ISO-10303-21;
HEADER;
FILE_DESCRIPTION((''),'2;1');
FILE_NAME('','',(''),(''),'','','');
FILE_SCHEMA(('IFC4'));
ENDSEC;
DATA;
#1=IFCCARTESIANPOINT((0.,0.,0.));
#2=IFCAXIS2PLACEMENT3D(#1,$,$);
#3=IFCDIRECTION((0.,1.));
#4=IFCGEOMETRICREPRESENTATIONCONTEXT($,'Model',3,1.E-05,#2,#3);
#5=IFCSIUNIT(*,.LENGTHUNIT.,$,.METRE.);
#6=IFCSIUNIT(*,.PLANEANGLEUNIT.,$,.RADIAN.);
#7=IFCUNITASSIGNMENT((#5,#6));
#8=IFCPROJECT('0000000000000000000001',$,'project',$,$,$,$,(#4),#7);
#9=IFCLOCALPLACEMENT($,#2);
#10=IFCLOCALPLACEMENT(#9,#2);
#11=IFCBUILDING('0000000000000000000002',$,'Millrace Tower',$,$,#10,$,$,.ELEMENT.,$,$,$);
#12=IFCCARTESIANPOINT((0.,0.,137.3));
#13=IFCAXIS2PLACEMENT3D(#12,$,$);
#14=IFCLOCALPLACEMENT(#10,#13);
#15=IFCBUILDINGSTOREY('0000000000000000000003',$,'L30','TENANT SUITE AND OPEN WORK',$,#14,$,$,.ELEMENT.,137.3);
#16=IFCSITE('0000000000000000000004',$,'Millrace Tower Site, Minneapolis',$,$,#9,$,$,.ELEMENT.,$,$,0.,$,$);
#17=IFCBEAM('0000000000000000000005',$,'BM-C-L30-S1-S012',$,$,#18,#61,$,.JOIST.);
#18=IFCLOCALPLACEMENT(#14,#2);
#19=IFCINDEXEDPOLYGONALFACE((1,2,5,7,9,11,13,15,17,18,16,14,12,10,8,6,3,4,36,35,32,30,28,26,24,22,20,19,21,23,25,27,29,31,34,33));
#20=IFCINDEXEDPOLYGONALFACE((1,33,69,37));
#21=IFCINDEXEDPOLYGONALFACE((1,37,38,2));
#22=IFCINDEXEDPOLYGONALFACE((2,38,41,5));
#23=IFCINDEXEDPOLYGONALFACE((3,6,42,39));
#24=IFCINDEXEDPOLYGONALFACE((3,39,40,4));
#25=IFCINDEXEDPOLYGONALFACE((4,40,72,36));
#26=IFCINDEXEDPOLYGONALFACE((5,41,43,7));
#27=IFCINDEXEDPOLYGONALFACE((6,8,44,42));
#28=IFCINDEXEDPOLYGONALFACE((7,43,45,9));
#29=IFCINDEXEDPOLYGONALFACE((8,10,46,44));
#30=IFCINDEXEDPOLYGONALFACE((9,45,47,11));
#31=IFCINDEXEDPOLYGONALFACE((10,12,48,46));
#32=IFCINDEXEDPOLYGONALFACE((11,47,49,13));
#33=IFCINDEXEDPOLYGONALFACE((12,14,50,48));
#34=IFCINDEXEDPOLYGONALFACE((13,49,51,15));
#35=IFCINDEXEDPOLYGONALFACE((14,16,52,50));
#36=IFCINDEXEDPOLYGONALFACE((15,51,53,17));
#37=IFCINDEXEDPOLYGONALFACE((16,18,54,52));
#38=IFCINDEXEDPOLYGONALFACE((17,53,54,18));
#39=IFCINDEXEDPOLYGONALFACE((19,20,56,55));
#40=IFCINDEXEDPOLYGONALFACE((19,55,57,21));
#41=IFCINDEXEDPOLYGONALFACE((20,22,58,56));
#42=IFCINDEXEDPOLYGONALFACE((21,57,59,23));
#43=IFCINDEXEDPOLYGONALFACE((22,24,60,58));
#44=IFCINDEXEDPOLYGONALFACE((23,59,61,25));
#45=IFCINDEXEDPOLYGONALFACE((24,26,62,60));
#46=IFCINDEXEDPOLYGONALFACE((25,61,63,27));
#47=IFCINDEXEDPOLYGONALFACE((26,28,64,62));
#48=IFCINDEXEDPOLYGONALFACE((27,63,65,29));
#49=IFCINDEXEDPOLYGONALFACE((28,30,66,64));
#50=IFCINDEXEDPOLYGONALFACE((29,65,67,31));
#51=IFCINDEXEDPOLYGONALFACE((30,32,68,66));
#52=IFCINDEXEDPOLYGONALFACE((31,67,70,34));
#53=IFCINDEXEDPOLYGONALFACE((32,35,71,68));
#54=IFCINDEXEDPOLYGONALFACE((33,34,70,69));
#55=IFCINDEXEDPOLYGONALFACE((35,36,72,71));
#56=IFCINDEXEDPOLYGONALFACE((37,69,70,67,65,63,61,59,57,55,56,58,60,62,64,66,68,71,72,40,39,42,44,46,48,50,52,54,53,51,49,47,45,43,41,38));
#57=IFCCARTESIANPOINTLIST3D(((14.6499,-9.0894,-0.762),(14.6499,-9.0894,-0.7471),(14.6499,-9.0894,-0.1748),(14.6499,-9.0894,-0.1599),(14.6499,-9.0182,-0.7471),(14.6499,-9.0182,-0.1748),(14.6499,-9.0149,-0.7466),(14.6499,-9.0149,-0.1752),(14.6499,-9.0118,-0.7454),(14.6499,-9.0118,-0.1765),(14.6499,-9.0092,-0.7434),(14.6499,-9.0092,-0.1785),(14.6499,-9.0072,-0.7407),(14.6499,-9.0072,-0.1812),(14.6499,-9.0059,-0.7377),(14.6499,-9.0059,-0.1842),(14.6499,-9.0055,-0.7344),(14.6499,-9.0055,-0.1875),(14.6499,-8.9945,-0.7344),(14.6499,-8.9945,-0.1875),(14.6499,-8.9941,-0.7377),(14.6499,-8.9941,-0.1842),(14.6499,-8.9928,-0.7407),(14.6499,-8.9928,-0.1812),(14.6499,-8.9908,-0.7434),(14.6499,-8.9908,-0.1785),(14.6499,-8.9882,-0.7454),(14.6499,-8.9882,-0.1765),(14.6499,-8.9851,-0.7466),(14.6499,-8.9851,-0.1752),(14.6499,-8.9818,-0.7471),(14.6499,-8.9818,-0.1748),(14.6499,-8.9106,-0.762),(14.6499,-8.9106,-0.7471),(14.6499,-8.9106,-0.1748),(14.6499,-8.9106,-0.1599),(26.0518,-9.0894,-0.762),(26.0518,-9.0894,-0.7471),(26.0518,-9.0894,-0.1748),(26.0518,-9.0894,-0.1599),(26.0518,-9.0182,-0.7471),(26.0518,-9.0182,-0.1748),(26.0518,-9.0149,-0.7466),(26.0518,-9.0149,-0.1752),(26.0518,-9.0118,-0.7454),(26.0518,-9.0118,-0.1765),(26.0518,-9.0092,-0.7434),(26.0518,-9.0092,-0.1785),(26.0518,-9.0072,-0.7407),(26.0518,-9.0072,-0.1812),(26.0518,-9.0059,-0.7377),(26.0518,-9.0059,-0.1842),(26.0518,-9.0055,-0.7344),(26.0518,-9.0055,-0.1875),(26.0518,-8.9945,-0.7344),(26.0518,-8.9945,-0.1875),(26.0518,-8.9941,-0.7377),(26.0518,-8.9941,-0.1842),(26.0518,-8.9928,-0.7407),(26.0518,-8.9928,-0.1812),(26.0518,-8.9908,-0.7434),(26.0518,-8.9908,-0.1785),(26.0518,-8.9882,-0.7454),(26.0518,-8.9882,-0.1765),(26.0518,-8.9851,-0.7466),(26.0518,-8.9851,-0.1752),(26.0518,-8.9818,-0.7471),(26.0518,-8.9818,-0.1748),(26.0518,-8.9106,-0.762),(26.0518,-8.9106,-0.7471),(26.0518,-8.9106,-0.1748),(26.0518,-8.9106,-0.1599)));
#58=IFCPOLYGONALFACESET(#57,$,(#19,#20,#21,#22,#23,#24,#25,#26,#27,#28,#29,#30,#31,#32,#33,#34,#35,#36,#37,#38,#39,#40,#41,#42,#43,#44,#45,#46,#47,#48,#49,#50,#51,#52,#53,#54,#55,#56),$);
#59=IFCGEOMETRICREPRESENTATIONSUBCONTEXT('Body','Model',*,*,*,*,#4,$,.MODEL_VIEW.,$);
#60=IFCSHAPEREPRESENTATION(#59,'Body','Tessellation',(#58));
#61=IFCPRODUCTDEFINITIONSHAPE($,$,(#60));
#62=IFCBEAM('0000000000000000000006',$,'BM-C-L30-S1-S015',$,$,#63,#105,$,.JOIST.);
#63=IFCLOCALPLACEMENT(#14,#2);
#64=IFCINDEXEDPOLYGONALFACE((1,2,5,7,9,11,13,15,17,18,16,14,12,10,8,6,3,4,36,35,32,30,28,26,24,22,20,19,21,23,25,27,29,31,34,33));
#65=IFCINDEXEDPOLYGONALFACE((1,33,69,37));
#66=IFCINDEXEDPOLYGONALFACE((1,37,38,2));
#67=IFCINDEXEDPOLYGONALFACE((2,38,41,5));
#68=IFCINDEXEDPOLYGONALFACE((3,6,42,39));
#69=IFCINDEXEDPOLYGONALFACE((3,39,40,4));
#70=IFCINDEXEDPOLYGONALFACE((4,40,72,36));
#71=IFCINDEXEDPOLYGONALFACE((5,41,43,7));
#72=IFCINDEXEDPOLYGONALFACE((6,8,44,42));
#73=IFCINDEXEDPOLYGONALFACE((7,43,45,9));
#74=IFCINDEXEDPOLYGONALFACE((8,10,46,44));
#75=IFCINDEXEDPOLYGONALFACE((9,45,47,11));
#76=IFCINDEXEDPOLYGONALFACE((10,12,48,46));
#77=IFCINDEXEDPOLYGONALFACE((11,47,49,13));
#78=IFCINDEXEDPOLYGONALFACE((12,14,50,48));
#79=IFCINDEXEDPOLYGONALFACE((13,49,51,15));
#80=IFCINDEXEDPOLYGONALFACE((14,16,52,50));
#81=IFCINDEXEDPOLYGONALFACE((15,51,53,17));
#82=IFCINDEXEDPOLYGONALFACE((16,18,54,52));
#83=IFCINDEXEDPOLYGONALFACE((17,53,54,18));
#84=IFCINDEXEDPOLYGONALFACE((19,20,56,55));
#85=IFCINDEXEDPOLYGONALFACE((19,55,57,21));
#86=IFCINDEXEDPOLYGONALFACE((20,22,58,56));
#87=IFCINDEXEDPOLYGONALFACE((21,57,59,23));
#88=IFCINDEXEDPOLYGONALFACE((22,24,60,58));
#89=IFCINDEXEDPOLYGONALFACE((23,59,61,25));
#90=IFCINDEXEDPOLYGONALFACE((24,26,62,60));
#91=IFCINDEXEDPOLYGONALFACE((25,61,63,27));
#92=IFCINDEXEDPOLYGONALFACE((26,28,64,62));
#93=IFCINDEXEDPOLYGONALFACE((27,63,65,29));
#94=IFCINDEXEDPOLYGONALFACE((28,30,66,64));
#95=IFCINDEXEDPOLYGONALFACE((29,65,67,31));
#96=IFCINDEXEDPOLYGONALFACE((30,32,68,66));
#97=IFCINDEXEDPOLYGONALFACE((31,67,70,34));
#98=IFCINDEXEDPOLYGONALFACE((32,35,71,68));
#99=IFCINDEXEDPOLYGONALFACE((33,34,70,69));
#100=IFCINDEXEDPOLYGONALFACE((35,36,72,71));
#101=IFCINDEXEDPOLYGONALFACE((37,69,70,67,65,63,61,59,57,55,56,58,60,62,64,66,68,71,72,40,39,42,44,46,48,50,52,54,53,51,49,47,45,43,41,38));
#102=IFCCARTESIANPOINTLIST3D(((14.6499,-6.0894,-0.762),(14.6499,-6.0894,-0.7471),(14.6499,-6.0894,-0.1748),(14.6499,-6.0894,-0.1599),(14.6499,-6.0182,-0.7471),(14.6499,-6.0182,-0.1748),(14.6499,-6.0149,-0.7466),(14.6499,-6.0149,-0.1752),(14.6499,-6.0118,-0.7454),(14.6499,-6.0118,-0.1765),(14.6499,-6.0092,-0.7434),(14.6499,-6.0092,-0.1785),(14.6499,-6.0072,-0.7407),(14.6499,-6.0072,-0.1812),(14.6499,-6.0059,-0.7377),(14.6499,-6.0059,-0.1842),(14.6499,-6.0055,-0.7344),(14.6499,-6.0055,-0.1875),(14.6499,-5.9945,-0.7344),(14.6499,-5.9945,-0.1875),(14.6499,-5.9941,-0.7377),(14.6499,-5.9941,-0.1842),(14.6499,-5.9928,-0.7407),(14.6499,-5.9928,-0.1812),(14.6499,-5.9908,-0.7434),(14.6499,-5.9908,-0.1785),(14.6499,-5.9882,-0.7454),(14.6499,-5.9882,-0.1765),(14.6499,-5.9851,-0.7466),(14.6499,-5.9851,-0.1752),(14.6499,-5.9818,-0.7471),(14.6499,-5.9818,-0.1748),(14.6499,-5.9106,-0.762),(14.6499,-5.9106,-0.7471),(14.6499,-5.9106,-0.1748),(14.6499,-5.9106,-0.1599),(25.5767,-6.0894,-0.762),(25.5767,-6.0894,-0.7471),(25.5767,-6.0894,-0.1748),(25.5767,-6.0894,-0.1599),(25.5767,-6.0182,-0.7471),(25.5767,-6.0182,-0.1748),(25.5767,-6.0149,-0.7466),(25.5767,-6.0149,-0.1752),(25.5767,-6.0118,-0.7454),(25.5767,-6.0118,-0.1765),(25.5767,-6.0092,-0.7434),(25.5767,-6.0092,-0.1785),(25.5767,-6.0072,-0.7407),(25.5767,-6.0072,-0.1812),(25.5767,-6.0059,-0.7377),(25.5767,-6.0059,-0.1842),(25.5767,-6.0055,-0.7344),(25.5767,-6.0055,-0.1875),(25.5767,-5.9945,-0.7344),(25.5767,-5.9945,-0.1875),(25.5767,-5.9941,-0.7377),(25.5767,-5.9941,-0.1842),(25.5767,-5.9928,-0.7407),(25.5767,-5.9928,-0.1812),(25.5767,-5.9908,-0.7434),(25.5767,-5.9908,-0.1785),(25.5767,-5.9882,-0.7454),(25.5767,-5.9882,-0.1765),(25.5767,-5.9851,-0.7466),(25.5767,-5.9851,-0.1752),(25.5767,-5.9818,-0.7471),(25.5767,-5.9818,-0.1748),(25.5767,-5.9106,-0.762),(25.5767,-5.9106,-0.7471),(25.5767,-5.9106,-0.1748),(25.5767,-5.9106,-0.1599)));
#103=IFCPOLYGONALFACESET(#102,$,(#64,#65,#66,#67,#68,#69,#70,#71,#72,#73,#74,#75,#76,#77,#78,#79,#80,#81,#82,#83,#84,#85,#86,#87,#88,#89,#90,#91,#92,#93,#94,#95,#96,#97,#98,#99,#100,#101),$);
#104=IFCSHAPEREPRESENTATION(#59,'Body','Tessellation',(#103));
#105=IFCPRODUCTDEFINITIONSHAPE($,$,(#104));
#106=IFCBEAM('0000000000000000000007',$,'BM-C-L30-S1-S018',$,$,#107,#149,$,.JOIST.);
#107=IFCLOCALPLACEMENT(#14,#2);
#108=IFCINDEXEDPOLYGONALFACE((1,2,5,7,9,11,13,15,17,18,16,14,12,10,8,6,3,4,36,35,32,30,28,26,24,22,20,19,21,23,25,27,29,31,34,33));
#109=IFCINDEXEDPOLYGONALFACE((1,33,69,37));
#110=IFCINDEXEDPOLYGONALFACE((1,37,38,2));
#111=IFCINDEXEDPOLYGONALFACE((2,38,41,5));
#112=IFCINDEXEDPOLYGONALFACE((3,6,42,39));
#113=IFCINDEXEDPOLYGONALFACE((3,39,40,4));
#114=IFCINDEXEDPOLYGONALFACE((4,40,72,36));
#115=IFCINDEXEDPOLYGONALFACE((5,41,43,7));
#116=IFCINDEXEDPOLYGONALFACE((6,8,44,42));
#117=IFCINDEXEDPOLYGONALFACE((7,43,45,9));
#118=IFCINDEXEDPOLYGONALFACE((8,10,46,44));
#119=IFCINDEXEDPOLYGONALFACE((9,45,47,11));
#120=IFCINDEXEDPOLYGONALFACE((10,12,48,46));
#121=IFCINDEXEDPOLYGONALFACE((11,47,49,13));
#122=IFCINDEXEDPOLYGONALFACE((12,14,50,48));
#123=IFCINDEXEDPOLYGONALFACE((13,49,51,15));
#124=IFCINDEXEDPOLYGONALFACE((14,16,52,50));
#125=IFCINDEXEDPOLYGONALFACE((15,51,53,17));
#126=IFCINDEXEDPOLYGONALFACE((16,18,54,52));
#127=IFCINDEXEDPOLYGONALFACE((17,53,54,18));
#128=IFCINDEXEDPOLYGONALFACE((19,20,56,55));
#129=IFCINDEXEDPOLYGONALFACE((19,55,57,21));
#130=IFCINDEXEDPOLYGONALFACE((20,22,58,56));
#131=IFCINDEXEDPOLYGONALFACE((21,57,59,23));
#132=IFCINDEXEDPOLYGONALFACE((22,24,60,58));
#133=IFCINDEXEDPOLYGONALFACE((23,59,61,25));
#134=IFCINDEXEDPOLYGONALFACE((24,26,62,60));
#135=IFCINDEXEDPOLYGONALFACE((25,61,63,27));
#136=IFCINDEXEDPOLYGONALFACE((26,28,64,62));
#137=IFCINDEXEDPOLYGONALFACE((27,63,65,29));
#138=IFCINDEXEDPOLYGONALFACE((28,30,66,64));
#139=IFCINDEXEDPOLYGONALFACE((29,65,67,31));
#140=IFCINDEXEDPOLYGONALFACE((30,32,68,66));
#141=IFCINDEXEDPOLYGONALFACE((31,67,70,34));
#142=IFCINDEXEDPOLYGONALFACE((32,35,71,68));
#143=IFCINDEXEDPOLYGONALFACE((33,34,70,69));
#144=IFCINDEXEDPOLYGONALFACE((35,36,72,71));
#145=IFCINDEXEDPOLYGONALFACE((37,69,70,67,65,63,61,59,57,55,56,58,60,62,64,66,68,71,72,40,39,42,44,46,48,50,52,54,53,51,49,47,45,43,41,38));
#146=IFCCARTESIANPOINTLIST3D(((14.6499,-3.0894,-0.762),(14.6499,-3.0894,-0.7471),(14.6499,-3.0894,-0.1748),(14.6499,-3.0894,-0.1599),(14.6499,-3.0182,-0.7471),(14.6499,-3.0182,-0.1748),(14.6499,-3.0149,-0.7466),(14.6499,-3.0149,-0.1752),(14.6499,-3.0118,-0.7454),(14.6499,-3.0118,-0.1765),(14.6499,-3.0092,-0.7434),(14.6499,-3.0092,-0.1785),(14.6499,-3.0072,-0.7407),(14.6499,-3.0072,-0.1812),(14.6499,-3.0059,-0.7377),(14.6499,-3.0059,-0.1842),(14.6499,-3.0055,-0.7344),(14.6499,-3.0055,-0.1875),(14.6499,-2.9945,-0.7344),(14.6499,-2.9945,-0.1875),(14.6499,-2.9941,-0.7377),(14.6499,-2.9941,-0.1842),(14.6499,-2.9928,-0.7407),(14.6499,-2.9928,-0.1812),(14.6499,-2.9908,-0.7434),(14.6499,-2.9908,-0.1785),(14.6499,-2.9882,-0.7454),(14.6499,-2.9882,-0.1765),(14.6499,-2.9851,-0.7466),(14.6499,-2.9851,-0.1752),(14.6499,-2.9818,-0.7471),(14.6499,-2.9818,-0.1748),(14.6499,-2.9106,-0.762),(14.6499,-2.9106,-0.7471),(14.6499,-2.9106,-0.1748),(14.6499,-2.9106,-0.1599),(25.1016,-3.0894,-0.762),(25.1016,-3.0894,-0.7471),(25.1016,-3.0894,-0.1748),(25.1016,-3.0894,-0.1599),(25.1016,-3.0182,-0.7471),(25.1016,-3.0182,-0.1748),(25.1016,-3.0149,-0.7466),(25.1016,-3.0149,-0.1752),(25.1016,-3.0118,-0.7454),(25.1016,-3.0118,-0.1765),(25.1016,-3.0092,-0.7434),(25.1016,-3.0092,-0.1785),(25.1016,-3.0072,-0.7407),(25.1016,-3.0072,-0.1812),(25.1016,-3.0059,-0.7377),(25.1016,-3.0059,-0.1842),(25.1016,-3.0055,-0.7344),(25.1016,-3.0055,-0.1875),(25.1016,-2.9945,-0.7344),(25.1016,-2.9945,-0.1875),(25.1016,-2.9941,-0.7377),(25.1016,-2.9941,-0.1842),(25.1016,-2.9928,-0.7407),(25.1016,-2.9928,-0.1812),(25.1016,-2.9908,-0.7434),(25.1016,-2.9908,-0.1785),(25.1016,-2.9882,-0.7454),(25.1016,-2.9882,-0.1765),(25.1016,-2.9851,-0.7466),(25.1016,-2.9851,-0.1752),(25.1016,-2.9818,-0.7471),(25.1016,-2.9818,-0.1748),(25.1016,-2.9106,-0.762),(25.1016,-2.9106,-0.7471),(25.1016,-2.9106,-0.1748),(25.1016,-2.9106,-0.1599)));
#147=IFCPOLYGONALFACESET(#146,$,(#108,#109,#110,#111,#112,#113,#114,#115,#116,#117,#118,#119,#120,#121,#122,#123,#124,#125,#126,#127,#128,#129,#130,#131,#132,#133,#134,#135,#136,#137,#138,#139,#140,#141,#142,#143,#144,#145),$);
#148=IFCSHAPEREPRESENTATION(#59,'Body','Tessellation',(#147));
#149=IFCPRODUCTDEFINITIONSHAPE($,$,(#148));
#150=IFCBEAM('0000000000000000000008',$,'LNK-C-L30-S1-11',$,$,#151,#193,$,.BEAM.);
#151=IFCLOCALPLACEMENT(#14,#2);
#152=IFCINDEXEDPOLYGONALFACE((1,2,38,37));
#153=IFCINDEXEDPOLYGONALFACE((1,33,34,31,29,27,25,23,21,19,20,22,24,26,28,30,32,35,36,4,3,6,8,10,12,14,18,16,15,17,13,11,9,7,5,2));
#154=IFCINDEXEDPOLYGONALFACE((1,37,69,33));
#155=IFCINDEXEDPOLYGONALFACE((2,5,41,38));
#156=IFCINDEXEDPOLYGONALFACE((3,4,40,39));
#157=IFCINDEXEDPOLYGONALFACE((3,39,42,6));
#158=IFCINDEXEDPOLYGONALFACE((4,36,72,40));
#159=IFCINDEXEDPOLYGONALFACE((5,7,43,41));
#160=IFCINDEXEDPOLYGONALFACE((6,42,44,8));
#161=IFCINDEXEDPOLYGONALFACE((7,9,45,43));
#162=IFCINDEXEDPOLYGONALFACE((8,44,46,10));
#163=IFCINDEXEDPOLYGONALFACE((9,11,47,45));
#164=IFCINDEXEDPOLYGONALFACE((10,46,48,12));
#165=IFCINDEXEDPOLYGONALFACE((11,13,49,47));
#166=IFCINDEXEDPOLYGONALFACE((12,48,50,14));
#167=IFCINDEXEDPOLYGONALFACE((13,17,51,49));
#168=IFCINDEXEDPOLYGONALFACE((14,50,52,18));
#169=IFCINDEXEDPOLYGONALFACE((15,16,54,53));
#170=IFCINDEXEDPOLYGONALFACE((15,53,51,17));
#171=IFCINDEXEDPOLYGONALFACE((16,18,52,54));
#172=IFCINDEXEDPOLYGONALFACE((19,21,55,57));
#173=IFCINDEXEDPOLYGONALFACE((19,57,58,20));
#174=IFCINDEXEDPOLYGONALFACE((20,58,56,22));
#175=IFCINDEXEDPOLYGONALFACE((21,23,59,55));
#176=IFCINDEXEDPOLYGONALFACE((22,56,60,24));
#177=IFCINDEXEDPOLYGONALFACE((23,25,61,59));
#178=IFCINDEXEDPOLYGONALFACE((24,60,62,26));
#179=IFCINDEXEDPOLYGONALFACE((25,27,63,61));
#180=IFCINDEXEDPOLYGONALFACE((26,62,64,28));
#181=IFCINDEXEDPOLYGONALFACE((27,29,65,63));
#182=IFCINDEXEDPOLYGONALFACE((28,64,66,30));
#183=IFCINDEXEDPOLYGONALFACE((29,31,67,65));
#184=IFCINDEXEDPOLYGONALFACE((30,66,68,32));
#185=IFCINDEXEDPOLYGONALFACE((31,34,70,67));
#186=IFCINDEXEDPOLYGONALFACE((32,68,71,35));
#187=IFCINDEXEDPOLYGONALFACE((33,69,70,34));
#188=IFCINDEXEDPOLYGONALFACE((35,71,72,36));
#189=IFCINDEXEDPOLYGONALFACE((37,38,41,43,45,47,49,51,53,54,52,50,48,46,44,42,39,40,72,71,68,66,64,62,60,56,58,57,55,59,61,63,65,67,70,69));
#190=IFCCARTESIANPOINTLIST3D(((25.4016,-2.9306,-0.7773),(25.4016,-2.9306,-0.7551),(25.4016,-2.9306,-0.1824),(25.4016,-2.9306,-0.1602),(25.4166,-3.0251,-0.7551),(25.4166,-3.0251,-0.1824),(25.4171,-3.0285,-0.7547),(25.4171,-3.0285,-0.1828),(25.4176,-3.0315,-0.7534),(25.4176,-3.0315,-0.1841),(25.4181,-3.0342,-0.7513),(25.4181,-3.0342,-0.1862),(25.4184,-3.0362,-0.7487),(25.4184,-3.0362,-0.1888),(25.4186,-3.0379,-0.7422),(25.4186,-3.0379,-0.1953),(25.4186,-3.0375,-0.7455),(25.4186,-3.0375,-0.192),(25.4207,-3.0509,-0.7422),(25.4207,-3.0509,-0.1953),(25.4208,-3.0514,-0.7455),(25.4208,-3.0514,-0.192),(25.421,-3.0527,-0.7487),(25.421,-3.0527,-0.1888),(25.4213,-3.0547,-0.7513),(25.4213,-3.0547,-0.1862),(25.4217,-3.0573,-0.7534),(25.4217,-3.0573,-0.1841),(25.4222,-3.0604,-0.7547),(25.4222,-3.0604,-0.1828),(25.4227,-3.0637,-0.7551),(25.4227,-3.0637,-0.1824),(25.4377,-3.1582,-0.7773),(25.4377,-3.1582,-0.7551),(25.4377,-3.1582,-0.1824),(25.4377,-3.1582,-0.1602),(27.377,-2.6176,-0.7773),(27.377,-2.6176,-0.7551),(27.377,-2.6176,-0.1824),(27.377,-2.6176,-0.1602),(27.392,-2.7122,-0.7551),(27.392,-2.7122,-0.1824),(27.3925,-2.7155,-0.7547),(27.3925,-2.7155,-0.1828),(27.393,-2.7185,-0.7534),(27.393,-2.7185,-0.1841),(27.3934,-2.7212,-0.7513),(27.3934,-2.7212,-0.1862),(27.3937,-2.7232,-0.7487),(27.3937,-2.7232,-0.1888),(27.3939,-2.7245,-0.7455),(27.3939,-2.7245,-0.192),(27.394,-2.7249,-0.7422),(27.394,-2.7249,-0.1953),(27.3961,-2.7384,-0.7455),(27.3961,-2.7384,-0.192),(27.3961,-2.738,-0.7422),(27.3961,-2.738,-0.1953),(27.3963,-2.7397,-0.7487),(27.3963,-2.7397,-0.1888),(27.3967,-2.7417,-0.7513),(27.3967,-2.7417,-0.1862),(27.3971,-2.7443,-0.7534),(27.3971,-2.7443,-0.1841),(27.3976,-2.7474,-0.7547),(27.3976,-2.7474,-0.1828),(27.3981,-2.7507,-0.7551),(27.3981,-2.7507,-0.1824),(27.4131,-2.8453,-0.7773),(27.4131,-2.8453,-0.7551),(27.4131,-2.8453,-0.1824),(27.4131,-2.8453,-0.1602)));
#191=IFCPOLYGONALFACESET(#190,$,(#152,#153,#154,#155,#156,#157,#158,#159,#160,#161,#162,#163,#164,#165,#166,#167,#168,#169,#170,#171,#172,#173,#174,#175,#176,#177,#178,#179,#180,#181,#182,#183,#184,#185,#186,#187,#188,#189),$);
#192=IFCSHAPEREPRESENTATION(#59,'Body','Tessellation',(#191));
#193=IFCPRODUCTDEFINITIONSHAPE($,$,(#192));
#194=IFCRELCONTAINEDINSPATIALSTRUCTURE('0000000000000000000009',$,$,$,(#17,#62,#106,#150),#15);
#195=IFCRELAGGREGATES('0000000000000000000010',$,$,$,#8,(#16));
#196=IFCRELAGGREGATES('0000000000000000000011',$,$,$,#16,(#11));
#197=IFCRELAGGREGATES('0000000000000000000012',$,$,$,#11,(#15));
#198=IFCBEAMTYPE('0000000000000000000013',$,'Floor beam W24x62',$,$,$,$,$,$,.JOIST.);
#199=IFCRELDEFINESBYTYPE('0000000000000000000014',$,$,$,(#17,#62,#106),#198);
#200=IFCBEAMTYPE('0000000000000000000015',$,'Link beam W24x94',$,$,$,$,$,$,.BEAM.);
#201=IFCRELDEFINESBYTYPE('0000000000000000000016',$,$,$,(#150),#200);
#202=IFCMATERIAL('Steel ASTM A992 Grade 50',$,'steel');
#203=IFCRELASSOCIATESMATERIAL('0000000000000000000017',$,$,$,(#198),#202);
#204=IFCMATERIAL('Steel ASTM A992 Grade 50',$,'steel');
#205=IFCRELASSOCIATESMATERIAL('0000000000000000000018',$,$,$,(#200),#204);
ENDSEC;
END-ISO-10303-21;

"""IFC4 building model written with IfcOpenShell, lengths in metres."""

from ifc_helpers import new_model, si_unit, direction, frame, origin, origin_2d, place, context, subcontext, project, spatial, i_section, extrude, material, material_profile, profile_set, type_object, element, save


model = new_model("IFC4")

# Units and contexts
model_context = context("Model", 3, precision=1e-05, world=origin(), true_north=direction((0.0, 1.0)))
body_context = subcontext(model_context, "Body", "Model", "MODEL_VIEW")
ifc_project = project(units=[si_unit("LENGTHUNIT", "METRE"), si_unit("PLANEANGLEUNIT", "RADIAN")], contexts=[model_context])

# Site, building, storey
site_placement = place(None, origin())
site = spatial("IfcSite", under=ifc_project, at=site_placement, Name="Millrace Tower Site, Minneapolis", CompositionType="ELEMENT", RefElevation=0.0)
building_placement = place(site_placement, origin())
building = spatial("IfcBuilding", under=site, at=building_placement, Name="Millrace Tower", CompositionType="ELEMENT")
storey_placement = place(building_placement, frame((0.0, 0.0, 137.3)))
storey = spatial("IfcBuildingStorey", under=building, at=storey_placement, Name="L30", Description="TENANT SUITE AND OPEN WORK", CompositionType="ELEMENT", Elevation=137.3)

# Beams
ifc_material_1 = material(Name="Steel ASTM A992 Grade 50", Category="steel")
ifc_material_profile_1 = material_profile(ifc_material_1, i_section(OverallWidth=0.1787, OverallDepth=0.6021, WebThickness=0.011, FlangeThickness=0.0149, FilletRadius=0.0127, at=origin_2d()))
ifc_profile_set_1 = profile_set([ifc_material_profile_1], Name="Steel ASTM A992 Grade 50")
beam_type_1 = type_object("IfcBeamType", Name="Floor beam W24x62", PredefinedType="JOIST", material=ifc_profile_set_1)
beam_1_placement = place(storey_placement, frame((14.6499, -9.0, -0.4609), z_axis=(1.0, 0.0, 0.0), x_axis=(0.0, 1.0, 0.0)))
element("IfcBeam", 1, at=beam_1_placement, inside=storey, type_object=beam_type_1, Name="BM-C-L30-S1-S012", PredefinedType="JOIST", context=body_context, shape_type="SweptSolid", body=[
    extrude(i_section(OverallWidth=0.1787, OverallDepth=0.6021, WebThickness=0.011, FlangeThickness=0.0149, FilletRadius=0.0127, at=origin_2d()), origin(), (0.0, 0.0, 1.0), 11.4019),
])
beam_2_placement = place(storey_placement, frame((14.6499, -6.0, -0.4609), z_axis=(1.0, 0.0, 0.0), x_axis=(0.0, 1.0, 0.0)))
element("IfcBeam", 2, at=beam_2_placement, inside=storey, type_object=beam_type_1, Name="BM-C-L30-S1-S015", PredefinedType="JOIST", context=body_context, shape_type="SweptSolid", body=[
    extrude(i_section(OverallWidth=0.1787, OverallDepth=0.6021, WebThickness=0.011, FlangeThickness=0.0149, FilletRadius=0.0127, at=origin_2d()), origin(), (0.0, 0.0, 1.0), 10.9268),
])
beam_3_placement = place(storey_placement, frame((14.6499, -3.0, -0.4609), z_axis=(1.0, 0.0, 0.0), x_axis=(0.0, 1.0, 0.0)))
element("IfcBeam", 3, at=beam_3_placement, inside=storey, type_object=beam_type_1, Name="BM-C-L30-S1-S018", PredefinedType="JOIST", context=body_context, shape_type="SweptSolid", body=[
    extrude(i_section(OverallWidth=0.1787, OverallDepth=0.6021, WebThickness=0.011, FlangeThickness=0.0149, FilletRadius=0.0127, at=origin_2d()), origin(), (0.0, 0.0, 1.0), 10.4517),
])
ifc_material_2 = material(Name="Steel ASTM A992 Grade 50", Category="steel")
ifc_material_profile_2 = material_profile(ifc_material_2, i_section(OverallWidth=0.2305, OverallDepth=0.6172, WebThickness=0.0132, FlangeThickness=0.0222, FilletRadius=0.0129, at=origin_2d()))
ifc_profile_set_2 = profile_set([ifc_material_profile_2], Name="Steel ASTM A992 Grade 50")
beam_type_2 = type_object("IfcBeamType", Name="Link beam W24x94", PredefinedType="BEAM", material=ifc_profile_set_2)
beam_4_placement = place(storey_placement, frame((25.4197, -3.0444, -0.4688), z_axis=(0.987679, 0.156495, 0.0), x_axis=(-0.156495, 0.987679, 0.0)))
element("IfcBeam", 4, at=beam_4_placement, inside=storey, type_object=beam_type_2, Name="LNK-C-L30-S1-11", PredefinedType="BEAM", context=body_context, shape_type="SweptSolid", body=[
    extrude(i_section(OverallWidth=0.2305, OverallDepth=0.6172, WebThickness=0.0132, FlangeThickness=0.0222, FilletRadius=0.0129, at=origin_2d()), origin(), (0.0, 0.0, 1.0), 2.0),
])

save(model, "model.ifc")
